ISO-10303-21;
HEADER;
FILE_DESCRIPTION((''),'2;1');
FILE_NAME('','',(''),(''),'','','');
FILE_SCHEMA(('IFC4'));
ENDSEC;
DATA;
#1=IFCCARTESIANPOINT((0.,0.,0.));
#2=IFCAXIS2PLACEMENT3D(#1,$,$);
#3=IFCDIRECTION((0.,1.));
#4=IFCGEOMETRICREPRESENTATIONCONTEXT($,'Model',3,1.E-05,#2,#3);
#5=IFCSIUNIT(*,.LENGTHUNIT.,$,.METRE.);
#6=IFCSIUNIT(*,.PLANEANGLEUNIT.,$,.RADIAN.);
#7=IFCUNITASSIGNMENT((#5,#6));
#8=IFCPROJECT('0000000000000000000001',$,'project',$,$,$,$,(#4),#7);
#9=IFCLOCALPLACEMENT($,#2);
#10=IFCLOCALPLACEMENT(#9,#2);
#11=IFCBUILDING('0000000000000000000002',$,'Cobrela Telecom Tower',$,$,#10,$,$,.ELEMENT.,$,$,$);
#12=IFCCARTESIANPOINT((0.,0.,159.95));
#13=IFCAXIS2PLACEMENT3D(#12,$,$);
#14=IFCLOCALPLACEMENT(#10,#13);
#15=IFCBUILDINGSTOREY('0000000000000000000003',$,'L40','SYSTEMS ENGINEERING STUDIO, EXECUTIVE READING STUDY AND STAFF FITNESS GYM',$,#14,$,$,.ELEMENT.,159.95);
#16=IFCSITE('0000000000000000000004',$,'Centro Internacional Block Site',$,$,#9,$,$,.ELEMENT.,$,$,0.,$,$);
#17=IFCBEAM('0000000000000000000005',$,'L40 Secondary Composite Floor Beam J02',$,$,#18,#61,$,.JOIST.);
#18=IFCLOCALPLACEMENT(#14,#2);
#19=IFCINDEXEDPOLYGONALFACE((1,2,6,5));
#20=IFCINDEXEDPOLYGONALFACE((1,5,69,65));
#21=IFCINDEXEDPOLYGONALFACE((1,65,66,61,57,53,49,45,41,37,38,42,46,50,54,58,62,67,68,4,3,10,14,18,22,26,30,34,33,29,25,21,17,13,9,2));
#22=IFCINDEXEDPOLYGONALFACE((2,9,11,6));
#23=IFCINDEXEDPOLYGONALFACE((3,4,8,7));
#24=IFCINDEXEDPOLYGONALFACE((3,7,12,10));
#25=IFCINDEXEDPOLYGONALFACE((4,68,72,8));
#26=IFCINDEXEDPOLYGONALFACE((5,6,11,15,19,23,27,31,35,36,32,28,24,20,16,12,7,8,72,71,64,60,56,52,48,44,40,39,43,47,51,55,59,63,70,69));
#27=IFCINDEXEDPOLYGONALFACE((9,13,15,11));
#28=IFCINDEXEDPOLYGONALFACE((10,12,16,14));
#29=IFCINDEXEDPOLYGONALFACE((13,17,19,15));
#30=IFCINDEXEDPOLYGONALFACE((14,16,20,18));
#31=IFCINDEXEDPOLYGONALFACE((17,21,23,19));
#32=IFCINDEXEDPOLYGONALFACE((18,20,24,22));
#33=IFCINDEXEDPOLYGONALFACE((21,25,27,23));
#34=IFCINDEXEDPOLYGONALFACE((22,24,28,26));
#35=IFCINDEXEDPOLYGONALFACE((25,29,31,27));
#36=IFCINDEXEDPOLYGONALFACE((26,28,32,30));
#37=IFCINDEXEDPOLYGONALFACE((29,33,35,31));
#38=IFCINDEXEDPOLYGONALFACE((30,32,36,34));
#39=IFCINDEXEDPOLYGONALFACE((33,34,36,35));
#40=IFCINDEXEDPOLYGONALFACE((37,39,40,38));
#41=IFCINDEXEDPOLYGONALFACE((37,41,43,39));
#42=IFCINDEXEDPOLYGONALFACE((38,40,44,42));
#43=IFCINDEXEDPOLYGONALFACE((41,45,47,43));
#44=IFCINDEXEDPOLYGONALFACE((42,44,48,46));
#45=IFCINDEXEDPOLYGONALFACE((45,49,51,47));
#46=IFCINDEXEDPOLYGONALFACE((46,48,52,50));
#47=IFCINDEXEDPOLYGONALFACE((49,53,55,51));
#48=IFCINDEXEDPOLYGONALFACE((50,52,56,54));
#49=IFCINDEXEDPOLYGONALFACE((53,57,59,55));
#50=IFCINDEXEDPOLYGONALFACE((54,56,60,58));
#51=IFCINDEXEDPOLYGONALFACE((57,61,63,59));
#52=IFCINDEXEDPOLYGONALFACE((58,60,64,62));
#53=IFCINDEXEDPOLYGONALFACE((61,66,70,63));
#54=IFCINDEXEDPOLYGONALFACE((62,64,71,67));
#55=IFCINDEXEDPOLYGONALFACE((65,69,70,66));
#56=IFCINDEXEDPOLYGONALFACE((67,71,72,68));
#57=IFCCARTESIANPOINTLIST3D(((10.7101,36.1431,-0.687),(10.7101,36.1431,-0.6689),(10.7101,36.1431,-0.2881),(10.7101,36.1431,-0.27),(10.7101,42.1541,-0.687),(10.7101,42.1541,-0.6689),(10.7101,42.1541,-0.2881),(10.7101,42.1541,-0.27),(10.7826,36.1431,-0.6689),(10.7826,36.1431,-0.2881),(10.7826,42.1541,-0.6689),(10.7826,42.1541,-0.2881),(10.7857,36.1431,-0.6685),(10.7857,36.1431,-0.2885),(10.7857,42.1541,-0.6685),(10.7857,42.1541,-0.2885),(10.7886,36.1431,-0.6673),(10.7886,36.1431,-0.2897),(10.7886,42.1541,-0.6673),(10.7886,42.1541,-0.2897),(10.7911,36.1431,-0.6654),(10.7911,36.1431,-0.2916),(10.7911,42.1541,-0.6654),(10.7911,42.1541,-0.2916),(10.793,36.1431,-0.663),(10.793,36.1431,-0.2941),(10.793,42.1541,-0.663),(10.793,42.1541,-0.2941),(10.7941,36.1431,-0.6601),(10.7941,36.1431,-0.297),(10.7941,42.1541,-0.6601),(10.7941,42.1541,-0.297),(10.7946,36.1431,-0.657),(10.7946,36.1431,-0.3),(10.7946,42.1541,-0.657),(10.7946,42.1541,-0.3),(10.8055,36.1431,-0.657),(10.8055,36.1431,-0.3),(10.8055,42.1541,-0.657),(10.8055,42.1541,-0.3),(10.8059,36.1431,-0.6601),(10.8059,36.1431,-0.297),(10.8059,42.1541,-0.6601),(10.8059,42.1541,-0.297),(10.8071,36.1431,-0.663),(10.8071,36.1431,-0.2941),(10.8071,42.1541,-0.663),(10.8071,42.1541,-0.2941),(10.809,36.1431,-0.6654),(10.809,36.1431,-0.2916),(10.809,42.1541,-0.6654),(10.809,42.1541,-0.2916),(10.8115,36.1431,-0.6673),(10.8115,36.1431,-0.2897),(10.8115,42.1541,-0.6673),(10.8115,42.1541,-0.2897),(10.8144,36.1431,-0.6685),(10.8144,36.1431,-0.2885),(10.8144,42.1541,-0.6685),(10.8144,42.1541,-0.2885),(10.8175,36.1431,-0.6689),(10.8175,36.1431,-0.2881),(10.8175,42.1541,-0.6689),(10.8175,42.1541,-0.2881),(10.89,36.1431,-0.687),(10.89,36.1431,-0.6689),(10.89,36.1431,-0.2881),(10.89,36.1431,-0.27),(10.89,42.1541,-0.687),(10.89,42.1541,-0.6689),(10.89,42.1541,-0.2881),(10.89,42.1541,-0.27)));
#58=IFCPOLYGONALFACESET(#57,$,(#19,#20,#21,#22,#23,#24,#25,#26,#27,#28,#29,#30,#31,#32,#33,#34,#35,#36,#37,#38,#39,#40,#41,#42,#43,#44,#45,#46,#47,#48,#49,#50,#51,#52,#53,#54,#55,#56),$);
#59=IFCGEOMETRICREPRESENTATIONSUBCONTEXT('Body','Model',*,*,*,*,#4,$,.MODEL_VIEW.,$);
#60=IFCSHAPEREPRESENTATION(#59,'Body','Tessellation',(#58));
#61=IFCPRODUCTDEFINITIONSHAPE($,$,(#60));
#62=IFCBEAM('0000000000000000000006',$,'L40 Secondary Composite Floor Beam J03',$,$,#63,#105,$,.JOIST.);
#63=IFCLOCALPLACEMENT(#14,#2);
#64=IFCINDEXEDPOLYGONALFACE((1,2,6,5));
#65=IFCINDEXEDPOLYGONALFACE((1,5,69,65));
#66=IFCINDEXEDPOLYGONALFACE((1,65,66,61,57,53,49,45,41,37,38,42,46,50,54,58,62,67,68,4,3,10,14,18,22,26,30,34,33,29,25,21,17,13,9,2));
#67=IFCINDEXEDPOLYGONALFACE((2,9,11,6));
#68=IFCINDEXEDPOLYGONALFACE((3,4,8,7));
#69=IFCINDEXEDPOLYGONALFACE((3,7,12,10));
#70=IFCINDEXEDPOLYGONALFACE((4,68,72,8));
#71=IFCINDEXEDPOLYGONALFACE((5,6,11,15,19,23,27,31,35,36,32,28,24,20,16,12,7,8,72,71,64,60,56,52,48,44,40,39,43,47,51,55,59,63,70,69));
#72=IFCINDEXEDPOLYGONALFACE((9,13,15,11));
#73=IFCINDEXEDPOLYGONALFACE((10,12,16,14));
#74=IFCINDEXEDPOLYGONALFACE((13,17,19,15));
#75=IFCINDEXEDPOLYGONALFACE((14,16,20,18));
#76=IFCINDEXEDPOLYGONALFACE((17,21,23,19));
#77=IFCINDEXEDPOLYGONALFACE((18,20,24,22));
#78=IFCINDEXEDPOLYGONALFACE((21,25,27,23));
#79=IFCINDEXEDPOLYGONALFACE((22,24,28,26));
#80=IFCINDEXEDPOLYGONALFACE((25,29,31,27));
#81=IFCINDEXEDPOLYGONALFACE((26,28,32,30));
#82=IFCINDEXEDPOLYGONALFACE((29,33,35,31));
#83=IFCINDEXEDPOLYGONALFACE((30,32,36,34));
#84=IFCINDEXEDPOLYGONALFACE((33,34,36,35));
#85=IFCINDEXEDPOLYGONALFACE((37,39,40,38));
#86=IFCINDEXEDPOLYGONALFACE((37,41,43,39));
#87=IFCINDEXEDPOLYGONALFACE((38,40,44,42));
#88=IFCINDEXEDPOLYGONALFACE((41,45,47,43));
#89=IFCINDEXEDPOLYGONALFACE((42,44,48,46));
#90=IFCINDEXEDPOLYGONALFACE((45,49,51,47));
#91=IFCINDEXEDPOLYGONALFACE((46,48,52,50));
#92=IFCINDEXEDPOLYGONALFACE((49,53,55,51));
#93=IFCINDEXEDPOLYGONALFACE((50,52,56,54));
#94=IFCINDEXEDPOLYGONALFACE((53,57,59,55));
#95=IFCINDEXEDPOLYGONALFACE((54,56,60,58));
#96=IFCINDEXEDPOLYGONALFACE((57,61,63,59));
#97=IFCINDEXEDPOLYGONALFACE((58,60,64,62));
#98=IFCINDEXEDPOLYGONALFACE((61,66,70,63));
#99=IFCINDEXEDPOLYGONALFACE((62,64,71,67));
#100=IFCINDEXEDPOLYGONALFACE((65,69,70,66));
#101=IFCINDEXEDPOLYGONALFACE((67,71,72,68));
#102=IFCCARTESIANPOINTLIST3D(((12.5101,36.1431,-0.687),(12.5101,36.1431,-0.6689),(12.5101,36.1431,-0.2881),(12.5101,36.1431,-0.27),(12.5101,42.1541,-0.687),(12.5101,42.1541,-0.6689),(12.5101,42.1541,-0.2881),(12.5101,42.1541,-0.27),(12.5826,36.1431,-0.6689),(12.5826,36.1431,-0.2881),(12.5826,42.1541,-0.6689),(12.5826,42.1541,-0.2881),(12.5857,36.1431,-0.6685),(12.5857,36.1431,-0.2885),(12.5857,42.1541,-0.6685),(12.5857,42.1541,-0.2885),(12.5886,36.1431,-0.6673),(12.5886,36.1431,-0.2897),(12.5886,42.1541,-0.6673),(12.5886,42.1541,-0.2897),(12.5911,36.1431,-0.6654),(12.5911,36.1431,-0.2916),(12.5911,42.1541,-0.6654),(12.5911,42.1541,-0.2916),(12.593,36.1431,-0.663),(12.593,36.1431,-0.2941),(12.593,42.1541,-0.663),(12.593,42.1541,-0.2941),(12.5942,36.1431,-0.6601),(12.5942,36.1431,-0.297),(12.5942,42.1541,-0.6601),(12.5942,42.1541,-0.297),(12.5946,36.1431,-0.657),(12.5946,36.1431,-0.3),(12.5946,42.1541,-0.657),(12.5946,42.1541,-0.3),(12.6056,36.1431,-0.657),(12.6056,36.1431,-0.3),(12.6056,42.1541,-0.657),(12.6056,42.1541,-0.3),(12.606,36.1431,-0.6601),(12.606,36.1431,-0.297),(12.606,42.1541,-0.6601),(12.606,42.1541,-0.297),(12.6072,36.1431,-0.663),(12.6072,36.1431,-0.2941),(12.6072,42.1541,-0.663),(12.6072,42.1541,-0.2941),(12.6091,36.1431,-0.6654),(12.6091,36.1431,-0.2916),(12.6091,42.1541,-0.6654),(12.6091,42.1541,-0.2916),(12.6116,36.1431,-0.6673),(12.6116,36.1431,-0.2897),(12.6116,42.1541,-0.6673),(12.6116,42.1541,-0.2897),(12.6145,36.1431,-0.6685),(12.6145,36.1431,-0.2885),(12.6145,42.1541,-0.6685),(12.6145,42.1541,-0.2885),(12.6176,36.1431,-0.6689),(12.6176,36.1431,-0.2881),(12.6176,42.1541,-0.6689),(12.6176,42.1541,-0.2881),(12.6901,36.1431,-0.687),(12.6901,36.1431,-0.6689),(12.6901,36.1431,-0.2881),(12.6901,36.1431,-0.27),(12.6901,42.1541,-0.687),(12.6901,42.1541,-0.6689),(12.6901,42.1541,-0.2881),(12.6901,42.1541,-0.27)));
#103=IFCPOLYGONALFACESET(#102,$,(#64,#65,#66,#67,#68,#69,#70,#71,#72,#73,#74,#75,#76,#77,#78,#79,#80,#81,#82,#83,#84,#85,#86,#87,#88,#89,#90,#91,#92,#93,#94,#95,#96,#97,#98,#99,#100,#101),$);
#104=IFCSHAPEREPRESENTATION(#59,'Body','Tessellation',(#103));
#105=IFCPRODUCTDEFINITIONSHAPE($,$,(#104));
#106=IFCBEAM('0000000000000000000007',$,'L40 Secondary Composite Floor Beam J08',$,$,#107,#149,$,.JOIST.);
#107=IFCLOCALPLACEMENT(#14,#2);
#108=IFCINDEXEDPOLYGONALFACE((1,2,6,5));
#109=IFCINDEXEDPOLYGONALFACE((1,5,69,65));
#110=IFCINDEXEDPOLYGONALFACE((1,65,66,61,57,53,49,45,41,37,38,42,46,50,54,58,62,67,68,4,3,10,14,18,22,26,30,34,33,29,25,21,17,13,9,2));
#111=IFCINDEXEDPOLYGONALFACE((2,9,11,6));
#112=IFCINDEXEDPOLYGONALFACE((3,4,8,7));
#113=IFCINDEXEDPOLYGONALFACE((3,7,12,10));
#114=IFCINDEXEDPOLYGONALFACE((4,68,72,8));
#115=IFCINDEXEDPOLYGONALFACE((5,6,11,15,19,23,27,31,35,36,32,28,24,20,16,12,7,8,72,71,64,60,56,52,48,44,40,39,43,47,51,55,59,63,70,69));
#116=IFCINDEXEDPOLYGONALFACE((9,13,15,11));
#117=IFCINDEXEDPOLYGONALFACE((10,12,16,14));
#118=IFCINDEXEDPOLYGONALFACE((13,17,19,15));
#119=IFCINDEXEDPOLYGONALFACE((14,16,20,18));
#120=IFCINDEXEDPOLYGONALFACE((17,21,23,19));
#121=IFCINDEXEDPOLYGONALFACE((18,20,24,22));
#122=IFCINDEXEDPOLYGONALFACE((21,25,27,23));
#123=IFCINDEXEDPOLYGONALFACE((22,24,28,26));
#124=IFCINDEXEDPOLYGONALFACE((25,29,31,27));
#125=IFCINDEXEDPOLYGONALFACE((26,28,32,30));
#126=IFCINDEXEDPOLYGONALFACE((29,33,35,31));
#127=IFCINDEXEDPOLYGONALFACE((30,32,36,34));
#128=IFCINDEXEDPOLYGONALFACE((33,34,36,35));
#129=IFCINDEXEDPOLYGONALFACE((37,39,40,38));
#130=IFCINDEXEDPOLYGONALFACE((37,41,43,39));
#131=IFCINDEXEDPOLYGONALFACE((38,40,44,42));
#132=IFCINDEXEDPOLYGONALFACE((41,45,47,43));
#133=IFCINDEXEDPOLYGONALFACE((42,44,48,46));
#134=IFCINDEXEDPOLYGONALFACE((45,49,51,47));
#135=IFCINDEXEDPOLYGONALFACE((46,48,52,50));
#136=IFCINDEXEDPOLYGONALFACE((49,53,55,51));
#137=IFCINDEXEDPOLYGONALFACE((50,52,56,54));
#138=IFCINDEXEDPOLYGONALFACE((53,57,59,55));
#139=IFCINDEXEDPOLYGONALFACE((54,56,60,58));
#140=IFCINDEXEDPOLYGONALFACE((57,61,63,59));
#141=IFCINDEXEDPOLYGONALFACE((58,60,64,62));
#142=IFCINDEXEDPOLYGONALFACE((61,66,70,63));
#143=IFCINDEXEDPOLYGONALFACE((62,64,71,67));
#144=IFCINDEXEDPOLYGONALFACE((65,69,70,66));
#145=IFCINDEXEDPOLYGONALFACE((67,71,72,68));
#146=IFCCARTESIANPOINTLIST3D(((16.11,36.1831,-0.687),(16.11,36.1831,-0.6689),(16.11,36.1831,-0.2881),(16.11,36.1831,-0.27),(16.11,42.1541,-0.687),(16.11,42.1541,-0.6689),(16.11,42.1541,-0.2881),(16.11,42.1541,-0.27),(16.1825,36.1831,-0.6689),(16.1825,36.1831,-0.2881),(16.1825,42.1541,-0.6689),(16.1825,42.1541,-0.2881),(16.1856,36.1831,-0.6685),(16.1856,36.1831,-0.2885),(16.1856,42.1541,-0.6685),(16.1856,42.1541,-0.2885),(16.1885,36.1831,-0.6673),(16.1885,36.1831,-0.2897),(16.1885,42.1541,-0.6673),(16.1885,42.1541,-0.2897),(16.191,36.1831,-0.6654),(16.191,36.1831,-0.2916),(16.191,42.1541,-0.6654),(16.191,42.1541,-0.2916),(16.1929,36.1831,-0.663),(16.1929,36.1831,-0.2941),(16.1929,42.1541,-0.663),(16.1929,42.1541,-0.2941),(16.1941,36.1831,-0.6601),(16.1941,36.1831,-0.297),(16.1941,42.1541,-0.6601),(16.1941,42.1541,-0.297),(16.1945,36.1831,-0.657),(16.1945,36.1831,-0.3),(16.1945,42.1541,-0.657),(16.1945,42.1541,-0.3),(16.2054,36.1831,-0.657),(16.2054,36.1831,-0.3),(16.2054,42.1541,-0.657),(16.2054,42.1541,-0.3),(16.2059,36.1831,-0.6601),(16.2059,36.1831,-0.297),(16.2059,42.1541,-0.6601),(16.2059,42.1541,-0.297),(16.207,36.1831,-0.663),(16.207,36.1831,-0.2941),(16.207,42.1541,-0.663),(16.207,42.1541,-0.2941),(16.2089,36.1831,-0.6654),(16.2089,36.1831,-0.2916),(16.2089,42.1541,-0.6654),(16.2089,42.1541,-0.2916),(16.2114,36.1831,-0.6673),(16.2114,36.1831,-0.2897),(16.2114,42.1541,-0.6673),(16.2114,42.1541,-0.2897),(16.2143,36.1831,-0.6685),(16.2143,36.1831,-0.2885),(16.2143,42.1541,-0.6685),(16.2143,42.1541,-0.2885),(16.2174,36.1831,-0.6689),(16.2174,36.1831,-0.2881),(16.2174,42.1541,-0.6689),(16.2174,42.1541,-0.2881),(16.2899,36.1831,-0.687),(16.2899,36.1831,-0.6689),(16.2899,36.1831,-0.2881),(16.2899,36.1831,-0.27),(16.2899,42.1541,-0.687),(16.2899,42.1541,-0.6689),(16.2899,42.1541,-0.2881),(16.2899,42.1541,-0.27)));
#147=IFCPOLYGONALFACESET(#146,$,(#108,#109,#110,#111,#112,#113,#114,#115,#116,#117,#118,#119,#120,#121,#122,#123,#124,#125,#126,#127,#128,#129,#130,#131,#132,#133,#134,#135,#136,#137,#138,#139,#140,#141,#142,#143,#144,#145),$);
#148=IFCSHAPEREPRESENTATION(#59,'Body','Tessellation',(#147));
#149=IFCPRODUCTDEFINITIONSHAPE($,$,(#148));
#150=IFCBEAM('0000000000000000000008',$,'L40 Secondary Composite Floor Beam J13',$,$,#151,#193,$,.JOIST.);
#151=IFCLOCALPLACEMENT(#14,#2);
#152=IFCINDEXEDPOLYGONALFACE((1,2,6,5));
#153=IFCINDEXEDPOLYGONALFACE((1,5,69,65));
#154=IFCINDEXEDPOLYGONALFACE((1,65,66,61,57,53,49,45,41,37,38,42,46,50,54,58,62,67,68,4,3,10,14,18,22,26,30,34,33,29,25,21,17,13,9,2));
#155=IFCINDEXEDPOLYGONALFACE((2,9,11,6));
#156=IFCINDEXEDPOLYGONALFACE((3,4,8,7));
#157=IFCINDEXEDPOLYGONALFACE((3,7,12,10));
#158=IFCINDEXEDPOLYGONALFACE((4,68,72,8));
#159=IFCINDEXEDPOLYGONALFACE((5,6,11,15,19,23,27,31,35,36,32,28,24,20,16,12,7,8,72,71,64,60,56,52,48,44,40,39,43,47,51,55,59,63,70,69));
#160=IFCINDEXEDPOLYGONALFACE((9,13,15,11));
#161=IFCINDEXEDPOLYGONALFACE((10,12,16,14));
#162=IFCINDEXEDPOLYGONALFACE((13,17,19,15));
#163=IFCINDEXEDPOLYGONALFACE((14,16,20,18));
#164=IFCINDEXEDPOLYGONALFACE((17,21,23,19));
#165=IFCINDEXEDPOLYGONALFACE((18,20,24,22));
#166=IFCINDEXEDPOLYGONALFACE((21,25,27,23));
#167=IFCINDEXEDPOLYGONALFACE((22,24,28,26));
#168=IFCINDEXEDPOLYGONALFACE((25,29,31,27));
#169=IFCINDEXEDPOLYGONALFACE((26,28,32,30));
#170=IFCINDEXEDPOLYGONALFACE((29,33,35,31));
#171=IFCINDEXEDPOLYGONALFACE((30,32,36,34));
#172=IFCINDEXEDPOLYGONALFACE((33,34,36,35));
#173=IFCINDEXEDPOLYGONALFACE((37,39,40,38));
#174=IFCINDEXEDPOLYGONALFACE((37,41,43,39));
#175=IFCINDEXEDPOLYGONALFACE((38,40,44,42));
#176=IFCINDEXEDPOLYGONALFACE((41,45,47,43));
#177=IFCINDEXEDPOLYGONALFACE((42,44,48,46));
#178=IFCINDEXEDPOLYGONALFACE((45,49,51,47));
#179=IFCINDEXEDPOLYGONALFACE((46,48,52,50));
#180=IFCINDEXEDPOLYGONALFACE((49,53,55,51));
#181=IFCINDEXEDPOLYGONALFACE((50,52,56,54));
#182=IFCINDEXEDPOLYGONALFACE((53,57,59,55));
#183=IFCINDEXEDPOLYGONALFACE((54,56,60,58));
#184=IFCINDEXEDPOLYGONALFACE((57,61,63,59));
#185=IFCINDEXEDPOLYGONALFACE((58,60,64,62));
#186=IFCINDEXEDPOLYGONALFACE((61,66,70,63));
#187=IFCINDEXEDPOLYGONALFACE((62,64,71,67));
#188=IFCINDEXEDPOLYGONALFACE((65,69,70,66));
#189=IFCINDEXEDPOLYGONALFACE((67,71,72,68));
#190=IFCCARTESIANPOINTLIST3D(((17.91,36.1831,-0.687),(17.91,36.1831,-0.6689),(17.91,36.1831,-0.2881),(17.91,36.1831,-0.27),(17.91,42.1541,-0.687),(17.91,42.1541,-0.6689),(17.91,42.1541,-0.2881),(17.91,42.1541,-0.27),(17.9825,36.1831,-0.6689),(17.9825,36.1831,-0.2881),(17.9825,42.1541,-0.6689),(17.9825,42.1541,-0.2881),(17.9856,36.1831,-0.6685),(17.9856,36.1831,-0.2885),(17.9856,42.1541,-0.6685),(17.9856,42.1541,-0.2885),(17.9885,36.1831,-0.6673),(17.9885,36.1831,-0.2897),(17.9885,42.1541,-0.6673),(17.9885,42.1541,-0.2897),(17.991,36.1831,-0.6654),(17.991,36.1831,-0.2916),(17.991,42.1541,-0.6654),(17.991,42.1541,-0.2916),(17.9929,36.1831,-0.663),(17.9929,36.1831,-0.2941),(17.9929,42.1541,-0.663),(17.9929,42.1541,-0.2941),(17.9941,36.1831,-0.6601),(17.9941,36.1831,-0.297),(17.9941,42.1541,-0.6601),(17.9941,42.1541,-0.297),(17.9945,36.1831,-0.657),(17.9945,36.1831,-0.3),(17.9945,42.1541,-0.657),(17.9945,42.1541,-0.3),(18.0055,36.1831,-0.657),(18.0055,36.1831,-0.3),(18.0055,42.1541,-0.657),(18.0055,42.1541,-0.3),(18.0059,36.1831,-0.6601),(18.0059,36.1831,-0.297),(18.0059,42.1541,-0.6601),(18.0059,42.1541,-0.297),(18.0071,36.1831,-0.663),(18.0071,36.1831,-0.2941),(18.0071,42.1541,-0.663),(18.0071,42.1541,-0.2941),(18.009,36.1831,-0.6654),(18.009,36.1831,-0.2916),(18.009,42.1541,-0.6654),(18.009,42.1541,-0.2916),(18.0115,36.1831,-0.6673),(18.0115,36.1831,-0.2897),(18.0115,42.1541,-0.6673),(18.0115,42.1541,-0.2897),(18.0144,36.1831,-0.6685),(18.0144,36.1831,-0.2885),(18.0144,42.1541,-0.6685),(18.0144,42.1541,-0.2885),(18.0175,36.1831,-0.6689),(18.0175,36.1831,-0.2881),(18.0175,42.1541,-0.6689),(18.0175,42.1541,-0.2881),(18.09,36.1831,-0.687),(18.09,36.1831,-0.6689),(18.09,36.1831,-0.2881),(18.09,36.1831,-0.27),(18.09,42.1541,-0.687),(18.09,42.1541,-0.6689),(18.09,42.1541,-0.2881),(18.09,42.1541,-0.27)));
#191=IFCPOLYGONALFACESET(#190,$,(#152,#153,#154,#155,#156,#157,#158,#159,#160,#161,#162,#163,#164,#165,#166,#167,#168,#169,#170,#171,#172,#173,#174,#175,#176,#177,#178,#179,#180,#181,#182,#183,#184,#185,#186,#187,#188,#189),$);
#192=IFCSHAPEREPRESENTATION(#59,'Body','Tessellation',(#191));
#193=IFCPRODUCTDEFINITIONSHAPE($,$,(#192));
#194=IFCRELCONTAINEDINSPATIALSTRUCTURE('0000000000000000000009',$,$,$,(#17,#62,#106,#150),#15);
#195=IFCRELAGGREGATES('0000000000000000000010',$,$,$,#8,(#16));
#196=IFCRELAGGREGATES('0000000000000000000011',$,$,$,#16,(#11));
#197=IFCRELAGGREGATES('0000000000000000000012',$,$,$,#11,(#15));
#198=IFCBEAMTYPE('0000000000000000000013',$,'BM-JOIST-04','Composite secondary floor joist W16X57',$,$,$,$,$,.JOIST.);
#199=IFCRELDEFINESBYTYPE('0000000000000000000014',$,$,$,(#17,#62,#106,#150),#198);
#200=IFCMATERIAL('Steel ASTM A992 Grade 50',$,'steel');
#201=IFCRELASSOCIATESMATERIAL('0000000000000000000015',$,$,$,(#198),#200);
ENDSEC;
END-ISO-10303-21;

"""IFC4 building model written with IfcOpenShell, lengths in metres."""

from ifc_helpers import new_model, si_unit, direction, frame, origin, origin_2d, place, context, subcontext, project, spatial, i_section, extrude, material, material_profile, profile_set, type_object, element, save


model = new_model("IFC4")

# Units and contexts
model_context = context("Model", 3, precision=1e-05, world=origin(), true_north=direction((0.0, 1.0)))
body_context = subcontext(model_context, "Body", "Model", "MODEL_VIEW")
ifc_project = project(units=[si_unit("LENGTHUNIT", "METRE"), si_unit("PLANEANGLEUNIT", "RADIAN")], contexts=[model_context])

# Site, building, storey
site_placement = place(None, origin())
site = spatial("IfcSite", under=ifc_project, at=site_placement, Name="Centro Internacional Block Site", CompositionType="ELEMENT", RefElevation=0.0)
building_placement = place(site_placement, origin())
building = spatial("IfcBuilding", under=site, at=building_placement, Name="Cobrela Telecom Tower", CompositionType="ELEMENT")
storey_placement = place(building_placement, frame((0.0, 0.0, 159.95)))
storey = spatial("IfcBuildingStorey", under=building, at=storey_placement, Name="L40", Description="SYSTEMS ENGINEERING STUDIO, EXECUTIVE READING STUDY AND STAFF FITNESS GYM", CompositionType="ELEMENT", Elevation=159.95)

# Beams
ifc_material_1 = material(Name="Steel ASTM A992 Grade 50", Category="steel")
ifc_material_profile_1 = material_profile(ifc_material_1, i_section(OverallWidth=0.1799, OverallDepth=0.417, WebThickness=0.011, FlangeThickness=0.0181, FilletRadius=0.012, at=origin_2d()), Name="W16X57")
ifc_profile_set_1 = profile_set([ifc_material_profile_1], Name="Steel ASTM A992 Grade 50")
beam_type_1 = type_object("IfcBeamType", Name="BM-JOIST-04", Description="Composite secondary floor joist W16X57", PredefinedType="JOIST", material=ifc_profile_set_1)
for number, where, z_axis, x_axis, name in (
    (1, (10.8, 36.1431, -0.4785), (0.0, 1.0, 0.0), (-1.0, 0.0, 0.0), "L40 Secondary Composite Floor Beam J02"),
    (2, (12.6001, 36.1431, -0.4785), (0.0, 1.0, 0.0), (-1.0, 0.0, 0.0), "L40 Secondary Composite Floor Beam J03"),
):
    element("IfcBeam", number, at=place(storey_placement, frame(where, z_axis=z_axis, x_axis=x_axis)), inside=storey, type_object=beam_type_1, Name=name, PredefinedType="JOIST", context=body_context, shape_type="SweptSolid", body=[
        extrude(i_section(OverallWidth=0.1799, OverallDepth=0.417, WebThickness=0.011, FlangeThickness=0.0181, FilletRadius=0.012, at=origin_2d()), origin(), (0.0, 0.0, 1.0), 6.011),
    ])
for number, where, z_axis, x_axis, name in (
    (3, (16.2, 36.1831, -0.4785), (0.0, 1.0, 0.0), (-1.0, 0.0, 0.0), "L40 Secondary Composite Floor Beam J08"),
    (4, (18.0, 36.1831, -0.4785), (0.0, 1.0, 0.0), (-1.0, 0.0, 0.0), "L40 Secondary Composite Floor Beam J13"),
):
    element("IfcBeam", number, at=place(storey_placement, frame(where, z_axis=z_axis, x_axis=x_axis)), inside=storey, type_object=beam_type_1, Name=name, PredefinedType="JOIST", context=body_context, shape_type="SweptSolid", body=[
        extrude(i_section(OverallWidth=0.1799, OverallDepth=0.417, WebThickness=0.011, FlangeThickness=0.0181, FilletRadius=0.012, at=origin_2d()), origin(), (0.0, 0.0, 1.0), 5.9709),
    ])

save(model, "model.ifc")
